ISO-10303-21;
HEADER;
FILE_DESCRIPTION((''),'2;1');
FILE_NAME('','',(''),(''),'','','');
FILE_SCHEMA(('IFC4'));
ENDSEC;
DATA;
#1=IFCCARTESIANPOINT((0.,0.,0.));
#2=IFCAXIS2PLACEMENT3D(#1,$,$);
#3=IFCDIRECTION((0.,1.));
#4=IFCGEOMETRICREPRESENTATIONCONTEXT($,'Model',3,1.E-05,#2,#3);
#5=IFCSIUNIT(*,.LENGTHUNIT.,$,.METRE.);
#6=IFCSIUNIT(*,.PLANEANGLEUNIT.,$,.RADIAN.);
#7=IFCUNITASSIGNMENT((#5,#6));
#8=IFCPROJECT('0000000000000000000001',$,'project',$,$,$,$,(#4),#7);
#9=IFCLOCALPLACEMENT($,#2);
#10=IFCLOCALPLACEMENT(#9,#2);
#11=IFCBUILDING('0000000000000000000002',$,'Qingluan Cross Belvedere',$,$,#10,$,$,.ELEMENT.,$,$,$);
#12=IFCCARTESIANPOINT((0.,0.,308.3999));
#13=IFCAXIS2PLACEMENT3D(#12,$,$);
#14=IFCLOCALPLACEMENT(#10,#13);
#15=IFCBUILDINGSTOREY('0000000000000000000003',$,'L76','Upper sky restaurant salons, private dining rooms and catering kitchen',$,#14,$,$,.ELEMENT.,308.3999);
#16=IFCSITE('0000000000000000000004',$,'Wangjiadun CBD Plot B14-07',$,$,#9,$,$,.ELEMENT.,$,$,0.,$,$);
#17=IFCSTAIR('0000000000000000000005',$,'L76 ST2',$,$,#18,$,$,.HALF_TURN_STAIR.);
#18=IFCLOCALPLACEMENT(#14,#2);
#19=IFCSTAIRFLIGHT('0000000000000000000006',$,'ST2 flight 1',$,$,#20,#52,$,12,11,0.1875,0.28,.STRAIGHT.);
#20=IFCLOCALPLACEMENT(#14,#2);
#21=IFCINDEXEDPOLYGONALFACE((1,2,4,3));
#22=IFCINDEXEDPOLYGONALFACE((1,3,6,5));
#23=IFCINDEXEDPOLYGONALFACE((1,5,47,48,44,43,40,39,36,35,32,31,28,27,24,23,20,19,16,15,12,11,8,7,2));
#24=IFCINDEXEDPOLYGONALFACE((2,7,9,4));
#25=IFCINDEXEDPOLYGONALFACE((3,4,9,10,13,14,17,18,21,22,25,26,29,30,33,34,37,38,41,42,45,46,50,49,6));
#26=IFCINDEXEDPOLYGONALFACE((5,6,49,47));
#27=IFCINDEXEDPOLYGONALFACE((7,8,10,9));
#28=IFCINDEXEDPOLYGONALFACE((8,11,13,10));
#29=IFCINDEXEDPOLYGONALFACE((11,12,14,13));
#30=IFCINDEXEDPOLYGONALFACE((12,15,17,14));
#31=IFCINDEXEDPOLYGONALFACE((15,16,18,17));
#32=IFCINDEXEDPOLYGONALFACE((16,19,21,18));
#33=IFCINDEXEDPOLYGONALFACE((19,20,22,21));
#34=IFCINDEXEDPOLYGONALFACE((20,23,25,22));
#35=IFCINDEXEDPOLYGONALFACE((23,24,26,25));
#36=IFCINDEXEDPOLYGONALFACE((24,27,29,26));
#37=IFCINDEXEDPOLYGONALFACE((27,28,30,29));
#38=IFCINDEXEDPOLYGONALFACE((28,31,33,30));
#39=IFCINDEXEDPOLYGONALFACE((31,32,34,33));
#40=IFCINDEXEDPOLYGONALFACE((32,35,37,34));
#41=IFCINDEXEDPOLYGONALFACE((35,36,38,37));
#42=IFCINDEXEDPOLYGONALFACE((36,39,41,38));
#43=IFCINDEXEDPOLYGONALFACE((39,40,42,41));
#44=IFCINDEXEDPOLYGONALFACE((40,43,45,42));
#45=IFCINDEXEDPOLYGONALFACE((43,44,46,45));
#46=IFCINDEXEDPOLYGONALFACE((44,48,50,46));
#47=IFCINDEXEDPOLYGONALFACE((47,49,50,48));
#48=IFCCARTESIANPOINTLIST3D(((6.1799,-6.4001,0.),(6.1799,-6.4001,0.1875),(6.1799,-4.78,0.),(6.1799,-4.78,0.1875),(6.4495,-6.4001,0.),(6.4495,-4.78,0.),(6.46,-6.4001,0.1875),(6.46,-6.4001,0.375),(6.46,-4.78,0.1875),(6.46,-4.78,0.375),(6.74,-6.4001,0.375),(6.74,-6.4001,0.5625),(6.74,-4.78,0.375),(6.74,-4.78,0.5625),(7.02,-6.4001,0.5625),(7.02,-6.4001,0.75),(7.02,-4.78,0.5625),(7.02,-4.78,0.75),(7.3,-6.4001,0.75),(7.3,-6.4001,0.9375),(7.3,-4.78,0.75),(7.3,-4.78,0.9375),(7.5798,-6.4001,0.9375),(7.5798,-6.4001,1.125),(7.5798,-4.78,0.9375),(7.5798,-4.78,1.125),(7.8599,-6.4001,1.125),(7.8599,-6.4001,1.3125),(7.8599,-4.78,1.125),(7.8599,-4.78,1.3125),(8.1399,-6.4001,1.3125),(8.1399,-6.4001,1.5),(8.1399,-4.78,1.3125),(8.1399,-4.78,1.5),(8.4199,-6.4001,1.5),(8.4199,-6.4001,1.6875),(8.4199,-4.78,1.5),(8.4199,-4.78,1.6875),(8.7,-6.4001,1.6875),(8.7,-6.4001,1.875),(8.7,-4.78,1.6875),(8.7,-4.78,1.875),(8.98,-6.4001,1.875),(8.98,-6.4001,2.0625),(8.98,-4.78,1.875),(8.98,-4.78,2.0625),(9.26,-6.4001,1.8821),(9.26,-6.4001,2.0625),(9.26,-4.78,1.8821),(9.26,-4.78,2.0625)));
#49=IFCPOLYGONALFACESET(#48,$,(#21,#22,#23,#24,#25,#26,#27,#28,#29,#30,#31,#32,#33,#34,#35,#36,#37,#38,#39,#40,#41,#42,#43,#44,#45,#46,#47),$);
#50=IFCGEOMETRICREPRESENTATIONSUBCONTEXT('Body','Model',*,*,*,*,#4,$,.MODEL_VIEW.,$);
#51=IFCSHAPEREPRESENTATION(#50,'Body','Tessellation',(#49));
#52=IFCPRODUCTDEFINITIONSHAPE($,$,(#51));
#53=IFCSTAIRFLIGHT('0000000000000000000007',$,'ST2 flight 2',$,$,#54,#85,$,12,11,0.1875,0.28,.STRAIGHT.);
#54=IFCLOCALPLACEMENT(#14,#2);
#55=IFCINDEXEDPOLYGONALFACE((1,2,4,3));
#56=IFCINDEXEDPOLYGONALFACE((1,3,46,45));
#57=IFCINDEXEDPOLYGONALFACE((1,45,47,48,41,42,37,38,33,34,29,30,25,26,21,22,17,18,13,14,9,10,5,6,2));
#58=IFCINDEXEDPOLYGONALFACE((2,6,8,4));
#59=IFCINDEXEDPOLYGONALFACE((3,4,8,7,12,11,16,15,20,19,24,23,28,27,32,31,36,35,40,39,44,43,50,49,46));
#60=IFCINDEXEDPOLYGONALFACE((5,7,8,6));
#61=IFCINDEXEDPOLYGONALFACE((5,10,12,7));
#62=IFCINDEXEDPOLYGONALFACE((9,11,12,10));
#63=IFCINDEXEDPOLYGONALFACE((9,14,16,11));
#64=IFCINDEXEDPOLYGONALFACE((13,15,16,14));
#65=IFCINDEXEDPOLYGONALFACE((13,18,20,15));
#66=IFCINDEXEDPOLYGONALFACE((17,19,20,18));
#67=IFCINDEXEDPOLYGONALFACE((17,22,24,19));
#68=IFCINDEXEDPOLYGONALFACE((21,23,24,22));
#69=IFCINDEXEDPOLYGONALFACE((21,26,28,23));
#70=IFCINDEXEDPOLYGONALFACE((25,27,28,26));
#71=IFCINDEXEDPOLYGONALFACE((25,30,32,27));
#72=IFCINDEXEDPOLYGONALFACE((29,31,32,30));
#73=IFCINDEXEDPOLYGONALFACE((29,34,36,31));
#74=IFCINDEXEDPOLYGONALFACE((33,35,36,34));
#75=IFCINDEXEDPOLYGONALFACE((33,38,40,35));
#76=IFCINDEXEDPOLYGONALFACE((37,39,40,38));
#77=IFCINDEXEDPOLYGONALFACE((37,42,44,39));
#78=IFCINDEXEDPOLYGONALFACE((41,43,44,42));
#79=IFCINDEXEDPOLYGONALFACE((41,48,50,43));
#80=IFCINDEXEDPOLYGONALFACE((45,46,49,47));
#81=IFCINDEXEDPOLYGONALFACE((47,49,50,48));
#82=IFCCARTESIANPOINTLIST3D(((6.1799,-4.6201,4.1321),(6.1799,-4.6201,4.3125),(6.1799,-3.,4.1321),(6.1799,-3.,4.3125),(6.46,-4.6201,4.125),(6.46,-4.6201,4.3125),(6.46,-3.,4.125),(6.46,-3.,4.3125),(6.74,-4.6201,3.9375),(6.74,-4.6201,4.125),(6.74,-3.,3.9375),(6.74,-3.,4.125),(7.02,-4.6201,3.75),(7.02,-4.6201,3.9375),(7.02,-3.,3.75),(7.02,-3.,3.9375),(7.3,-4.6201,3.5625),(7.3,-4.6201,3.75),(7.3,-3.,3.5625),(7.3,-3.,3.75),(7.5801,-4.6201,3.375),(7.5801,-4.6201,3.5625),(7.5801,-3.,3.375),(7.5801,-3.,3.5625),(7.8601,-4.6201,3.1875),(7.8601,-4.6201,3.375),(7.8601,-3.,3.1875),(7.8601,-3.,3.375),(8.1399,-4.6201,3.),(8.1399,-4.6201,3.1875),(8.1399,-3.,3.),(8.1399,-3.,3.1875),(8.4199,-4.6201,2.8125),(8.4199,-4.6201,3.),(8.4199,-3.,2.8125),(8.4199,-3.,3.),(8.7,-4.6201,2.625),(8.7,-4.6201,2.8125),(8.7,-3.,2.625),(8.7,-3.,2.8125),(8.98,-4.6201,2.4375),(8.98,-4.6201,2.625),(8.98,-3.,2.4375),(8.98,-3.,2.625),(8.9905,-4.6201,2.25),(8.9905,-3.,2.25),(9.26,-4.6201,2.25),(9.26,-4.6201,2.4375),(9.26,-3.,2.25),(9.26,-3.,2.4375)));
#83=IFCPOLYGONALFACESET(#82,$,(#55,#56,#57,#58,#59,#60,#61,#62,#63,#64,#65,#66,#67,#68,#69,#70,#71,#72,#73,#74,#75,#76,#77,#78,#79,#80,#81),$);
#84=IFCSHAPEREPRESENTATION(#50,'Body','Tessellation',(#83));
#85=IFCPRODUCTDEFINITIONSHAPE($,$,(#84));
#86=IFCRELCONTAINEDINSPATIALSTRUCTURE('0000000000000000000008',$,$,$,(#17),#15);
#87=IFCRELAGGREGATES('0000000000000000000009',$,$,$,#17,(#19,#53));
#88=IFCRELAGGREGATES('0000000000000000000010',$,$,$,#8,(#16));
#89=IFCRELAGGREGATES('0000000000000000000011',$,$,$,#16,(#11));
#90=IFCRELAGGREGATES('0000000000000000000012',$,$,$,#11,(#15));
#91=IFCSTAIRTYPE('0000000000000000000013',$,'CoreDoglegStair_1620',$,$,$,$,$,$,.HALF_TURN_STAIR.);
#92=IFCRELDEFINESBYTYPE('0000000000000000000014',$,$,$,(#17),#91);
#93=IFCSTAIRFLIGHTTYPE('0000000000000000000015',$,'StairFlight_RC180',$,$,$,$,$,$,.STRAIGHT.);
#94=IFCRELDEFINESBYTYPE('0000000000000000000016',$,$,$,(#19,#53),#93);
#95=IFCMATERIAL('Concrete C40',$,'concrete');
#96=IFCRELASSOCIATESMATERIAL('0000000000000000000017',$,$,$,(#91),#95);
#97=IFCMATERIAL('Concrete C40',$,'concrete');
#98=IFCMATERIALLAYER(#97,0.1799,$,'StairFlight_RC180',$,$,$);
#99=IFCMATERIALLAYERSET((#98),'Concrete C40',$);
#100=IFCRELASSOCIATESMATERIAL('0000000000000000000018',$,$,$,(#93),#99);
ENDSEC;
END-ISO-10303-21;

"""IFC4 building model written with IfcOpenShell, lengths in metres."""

from ifc_helpers import new_model, si_unit, direction, frame, origin, place, context, subcontext, project, spatial, polyline, outline, extrude, material, layer, layer_set, type_object, element, aggregate, save


model = new_model("IFC4")

# Units and contexts
model_context = context("Model", 3, precision=1e-05, world=origin(), true_north=direction((0.0, 1.0)))
body_context = subcontext(model_context, "Body", "Model", "MODEL_VIEW")
ifc_project = project(units=[si_unit("LENGTHUNIT", "METRE"), si_unit("PLANEANGLEUNIT", "RADIAN")], contexts=[model_context])

# Site, building, storey
site_placement = place(None, origin())
site = spatial("IfcSite", under=ifc_project, at=site_placement, Name="Wangjiadun CBD Plot B14-07", CompositionType="ELEMENT", RefElevation=0.0)
building_placement = place(site_placement, origin())
building = spatial("IfcBuilding", under=site, at=building_placement, Name="Qingluan Cross Belvedere", CompositionType="ELEMENT")
storey_placement = place(building_placement, frame((0.0, 0.0, 308.3999)))
storey = spatial("IfcBuildingStorey", under=building, at=storey_placement, Name="L76", Description="Upper sky restaurant salons, private dining rooms and catering kitchen", CompositionType="ELEMENT", Elevation=308.3999)

# Stair, stair flights
ifc_material_1 = material(Name="Concrete C40", Category="concrete")
stair_type = type_object("IfcStairType", Name="CoreDoglegStair_1620", PredefinedType="HALF_TURN_STAIR", material=ifc_material_1)
stair_placement = place(storey_placement, origin())
stair = element("IfcStair", 1, at=stair_placement, inside=storey, type_object=stair_type, Name="L76 ST2", PredefinedType="HALF_TURN_STAIR")
ifc_material_2 = material(Name="Concrete C40", Category="concrete")
ifc_layer_1 = layer(ifc_material_2, 0.1799, Name="StairFlight_RC180")
ifc_layer_set_1 = layer_set([ifc_layer_1], Name="Concrete C40")
stair_flight_type = type_object("IfcStairFlightType", Name="StairFlight_RC180", PredefinedType="STRAIGHT", material=ifc_layer_set_1)
stair_flight_1_placement = place(storey_placement, frame((6.1799, -5.5901, 0.0), z_axis=(0.0, 0.0, 1.0), x_axis=(1.0, 0.0, 0.0)))
stair_flight_1 = element("IfcStairFlight", 2, at=stair_flight_1_placement, type_object=stair_flight_type, Name="ST2 flight 1", NumberOfRisers=12, NumberOfTreads=11, PredefinedType="STRAIGHT", RiserHeight=0.1875, TreadLength=0.28, context=body_context, shape_type="SweptSolid", body=[
    extrude(outline(polyline([(0.0, 0.0), (0.0, 0.1875), (0.28, 0.1875), (0.28, 0.375), (0.5601, 0.375), (0.5601, 0.5625), (0.8401, 0.5625), (0.8401, 0.75), (1.1201, 0.75), (1.1201, 0.9375), (1.3999, 0.9375), (1.3999, 1.125), (1.6799, 1.125), (1.6799, 1.3125), (1.96, 1.3125), (1.96, 1.5), (2.24, 1.5), (2.24, 1.6875), (2.52, 1.6875), (2.52, 1.875), (2.8, 1.875), (2.8, 2.0625), (3.0801, 2.0625), (3.0801, 2.25), (3.0801, 1.8821), (0.2695, 0.0), (0.0, 0.0)])), frame((0.0, 0.8101, 0.0), z_axis=(0.0, -1.0, 0.0), x_axis=(1.0, 0.0, 0.0)), (0.0, 0.0, 1.0), 1.6201),
])
stair_flight_2_placement = place(storey_placement, frame((9.26, -3.8101, 2.25), z_axis=(0.0, 0.0, 1.0), x_axis=(-1.0, 0.0, 0.0)))
stair_flight_2 = element("IfcStairFlight", 3, at=stair_flight_2_placement, type_object=stair_flight_type, Name="ST2 flight 2", NumberOfRisers=12, NumberOfTreads=11, PredefinedType="STRAIGHT", RiserHeight=0.1875, TreadLength=0.28, context=body_context, shape_type="SweptSolid", body=[
    extrude(outline(polyline([(0.0, 0.0), (0.0, 0.1875), (0.28, 0.1875), (0.28, 0.375), (0.5601, 0.375), (0.5601, 0.5625), (0.8401, 0.5625), (0.8401, 0.75), (1.1201, 0.75), (1.1201, 0.9375), (1.3999, 0.9375), (1.3999, 1.125), (1.6799, 1.125), (1.6799, 1.3125), (1.96, 1.3125), (1.96, 1.5), (2.24, 1.5), (2.24, 1.6875), (2.52, 1.6875), (2.52, 1.875), (2.8, 1.875), (2.8, 2.0625), (3.0801, 2.0625), (3.0801, 2.25), (3.0801, 1.8821), (0.2695, 0.0), (0.0, 0.0)])), frame((0.0, 0.8101, 0.0), z_axis=(0.0, -1.0, 0.0), x_axis=(1.0, 0.0, 0.0)), (0.0, 0.0, 1.0), 1.6201),
])
aggregate(stair, [stair_flight_1, stair_flight_2])

save(model, "model.ifc")
